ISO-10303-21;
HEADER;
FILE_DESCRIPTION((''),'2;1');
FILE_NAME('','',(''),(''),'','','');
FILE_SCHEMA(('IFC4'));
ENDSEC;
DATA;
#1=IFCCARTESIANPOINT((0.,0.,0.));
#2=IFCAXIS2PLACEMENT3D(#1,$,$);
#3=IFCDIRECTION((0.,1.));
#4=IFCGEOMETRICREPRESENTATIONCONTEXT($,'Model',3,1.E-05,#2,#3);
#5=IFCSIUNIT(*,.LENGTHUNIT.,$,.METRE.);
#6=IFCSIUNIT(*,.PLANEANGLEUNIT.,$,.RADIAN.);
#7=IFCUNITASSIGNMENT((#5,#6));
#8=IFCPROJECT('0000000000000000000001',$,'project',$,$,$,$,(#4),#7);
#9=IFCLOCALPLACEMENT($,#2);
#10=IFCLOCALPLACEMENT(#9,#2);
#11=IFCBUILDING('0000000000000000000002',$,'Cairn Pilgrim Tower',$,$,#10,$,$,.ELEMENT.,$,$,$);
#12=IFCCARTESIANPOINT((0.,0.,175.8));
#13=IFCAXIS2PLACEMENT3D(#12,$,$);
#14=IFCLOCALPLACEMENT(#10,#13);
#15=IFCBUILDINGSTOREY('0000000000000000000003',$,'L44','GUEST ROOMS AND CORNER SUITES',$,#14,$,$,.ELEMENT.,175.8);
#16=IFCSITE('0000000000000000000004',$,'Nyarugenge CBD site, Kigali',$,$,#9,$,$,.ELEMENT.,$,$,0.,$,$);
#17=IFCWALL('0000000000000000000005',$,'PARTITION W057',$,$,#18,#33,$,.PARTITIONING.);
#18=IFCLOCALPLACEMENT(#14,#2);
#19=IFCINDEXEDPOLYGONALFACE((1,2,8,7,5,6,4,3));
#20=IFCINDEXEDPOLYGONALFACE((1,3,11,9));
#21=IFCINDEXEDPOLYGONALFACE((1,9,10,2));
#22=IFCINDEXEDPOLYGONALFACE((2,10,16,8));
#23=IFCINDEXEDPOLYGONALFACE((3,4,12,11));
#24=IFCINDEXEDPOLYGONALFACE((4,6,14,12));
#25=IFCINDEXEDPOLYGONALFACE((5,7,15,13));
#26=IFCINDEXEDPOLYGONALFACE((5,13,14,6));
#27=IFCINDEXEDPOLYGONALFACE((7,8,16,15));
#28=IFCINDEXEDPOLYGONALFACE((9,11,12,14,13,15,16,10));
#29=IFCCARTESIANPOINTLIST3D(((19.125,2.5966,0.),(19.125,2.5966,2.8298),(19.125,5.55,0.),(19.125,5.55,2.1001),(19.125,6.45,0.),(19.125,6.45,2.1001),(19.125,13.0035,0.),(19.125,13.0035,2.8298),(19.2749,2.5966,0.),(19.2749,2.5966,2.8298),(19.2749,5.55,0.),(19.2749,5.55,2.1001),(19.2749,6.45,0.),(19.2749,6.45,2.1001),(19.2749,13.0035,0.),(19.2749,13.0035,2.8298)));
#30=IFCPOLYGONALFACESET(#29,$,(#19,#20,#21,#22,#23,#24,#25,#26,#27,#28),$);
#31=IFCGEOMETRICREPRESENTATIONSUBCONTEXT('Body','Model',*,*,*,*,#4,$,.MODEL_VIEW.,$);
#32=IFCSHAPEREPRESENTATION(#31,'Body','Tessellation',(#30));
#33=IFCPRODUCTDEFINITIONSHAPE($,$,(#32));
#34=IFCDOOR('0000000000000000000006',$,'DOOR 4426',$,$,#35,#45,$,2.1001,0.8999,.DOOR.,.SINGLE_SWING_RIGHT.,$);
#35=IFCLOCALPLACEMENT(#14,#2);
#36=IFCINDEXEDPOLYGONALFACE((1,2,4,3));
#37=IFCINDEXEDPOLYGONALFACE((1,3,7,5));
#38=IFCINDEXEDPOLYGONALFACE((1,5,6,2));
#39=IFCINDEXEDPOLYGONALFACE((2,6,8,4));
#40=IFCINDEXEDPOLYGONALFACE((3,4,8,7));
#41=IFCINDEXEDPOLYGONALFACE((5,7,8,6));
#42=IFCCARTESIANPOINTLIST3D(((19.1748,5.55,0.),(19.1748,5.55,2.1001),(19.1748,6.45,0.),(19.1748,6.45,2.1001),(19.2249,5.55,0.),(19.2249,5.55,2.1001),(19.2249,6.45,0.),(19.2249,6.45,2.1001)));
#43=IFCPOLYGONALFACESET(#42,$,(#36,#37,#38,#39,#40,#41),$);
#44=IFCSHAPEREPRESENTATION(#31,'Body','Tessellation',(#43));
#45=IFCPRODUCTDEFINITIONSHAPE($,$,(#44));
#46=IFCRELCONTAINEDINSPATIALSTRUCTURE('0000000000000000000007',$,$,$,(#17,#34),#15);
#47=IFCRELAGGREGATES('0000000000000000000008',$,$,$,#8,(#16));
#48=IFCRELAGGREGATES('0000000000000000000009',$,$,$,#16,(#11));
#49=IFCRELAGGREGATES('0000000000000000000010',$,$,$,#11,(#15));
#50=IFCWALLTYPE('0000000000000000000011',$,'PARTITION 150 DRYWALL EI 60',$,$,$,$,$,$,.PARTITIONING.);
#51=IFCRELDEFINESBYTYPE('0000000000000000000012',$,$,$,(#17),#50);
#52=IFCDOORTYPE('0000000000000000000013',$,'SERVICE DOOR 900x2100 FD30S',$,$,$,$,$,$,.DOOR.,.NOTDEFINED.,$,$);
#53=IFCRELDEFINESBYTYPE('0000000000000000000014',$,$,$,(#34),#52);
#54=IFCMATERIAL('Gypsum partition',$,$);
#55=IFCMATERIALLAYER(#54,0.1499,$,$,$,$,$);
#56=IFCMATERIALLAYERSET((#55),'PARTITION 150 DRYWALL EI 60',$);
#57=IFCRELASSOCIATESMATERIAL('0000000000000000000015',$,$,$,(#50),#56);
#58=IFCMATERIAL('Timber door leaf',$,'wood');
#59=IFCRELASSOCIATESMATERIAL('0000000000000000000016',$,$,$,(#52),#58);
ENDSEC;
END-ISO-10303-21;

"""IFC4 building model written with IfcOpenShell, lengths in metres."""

from ifc_helpers import new_model, si_unit, direction, frame, frame_2d, origin, place, context, subcontext, project, spatial, rectangle, extrude, material, layer, layer_set, type_object, element, fill, save


model = new_model("IFC4")

# Units and contexts
model_context = context("Model", 3, precision=1e-05, world=origin(), true_north=direction((0.0, 1.0)))
body_context = subcontext(model_context, "Body", "Model", "MODEL_VIEW")
ifc_project = project(units=[si_unit("LENGTHUNIT", "METRE"), si_unit("PLANEANGLEUNIT", "RADIAN")], contexts=[model_context])

# Site, building, storey
site_placement = place(None, origin())
site = spatial("IfcSite", under=ifc_project, at=site_placement, Name="Nyarugenge CBD site, Kigali", CompositionType="ELEMENT", RefElevation=0.0)
building_placement = place(site_placement, origin())
building = spatial("IfcBuilding", under=site, at=building_placement, Name="Cairn Pilgrim Tower", CompositionType="ELEMENT")
storey_placement = place(building_placement, frame((0.0, 0.0, 175.8)))
storey = spatial("IfcBuildingStorey", under=building, at=storey_placement, Name="L44", Description="GUEST ROOMS AND CORNER SUITES", CompositionType="ELEMENT", Elevation=175.8)

# Shared definitions
ifc_material_1 = material(Name="Gypsum partition")
ifc_layer_1 = layer(ifc_material_1, 0.1499)
ifc_layer_set_1 = layer_set([ifc_layer_1], Name="PARTITION 150 DRYWALL EI 60")
wall_type_1 = type_object("IfcWallType", Name="PARTITION 150 DRYWALL EI 60", PredefinedType="PARTITIONING", material=ifc_layer_set_1)

# Wall, opening, door
wall_1_placement = place(storey_placement, frame((19.2, 2.5964, 0.0), z_axis=(0.0, 0.0, 1.0), x_axis=(0.0, 1.0, 0.0)))
wall_1 = element("IfcWall", 1, at=wall_1_placement, inside=storey, type_object=wall_type_1, Name="PARTITION W057", PredefinedType="PARTITIONING", context=body_context, shape_type="SweptSolid", body=[
    extrude(rectangle(XDim=10.407, YDim=0.1499, at=frame_2d((5.2036, 0.0))), origin(), (0.0, 0.0, 1.0), 2.8298),
])
opening_1_placement = place(wall_1_placement, frame((2.9536, 0.0, 0.0)))
opening_1 = element("IfcOpeningElement", 2, at=opening_1_placement, cuts=wall_1, PredefinedType="OPENING", context=body_context, shape_type="SweptSolid", body=[
    extrude(rectangle(XDim=0.8999, YDim=2.1001, at=frame_2d((0.45, 1.05))), frame((0.0, 0.085, 0.0), z_axis=(0.0, -1.0, 0.0), x_axis=(1.0, 0.0, 0.0)), (0.0, 0.0, 1.0), 0.1699),
])
ifc_material_2 = material(Name="Timber door leaf", Category="wood")
door_type_1 = type_object("IfcDoorType", Name="SERVICE DOOR 900x2100 FD30S", OperationType="NOTDEFINED", PredefinedType="DOOR", material=ifc_material_2)
door_1_placement = place(opening_1_placement, frame((0.8999, 0.0, 0.0), z_axis=(0.0, 0.0, 1.0), x_axis=(-1.0, 0.0, 0.0)))
door_1 = element("IfcDoor", 3, at=door_1_placement, inside=storey, type_object=door_type_1, Name="DOOR 4426", OperationType="SINGLE_SWING_RIGHT", OverallHeight=2.1001, OverallWidth=0.8999, PredefinedType="DOOR", context=body_context, shape_type="SweptSolid", body=[
    extrude(rectangle(XDim=0.8999, YDim=2.1001, at=frame_2d((0.45, 1.05))), frame((0.0, 0.0249, 0.0), z_axis=(0.0, -1.0, 0.0), x_axis=(1.0, 0.0, 0.0)), (0.0, 0.0, 1.0), 0.05),
])
fill(opening_1, door_1)

save(model, "model.ifc")
